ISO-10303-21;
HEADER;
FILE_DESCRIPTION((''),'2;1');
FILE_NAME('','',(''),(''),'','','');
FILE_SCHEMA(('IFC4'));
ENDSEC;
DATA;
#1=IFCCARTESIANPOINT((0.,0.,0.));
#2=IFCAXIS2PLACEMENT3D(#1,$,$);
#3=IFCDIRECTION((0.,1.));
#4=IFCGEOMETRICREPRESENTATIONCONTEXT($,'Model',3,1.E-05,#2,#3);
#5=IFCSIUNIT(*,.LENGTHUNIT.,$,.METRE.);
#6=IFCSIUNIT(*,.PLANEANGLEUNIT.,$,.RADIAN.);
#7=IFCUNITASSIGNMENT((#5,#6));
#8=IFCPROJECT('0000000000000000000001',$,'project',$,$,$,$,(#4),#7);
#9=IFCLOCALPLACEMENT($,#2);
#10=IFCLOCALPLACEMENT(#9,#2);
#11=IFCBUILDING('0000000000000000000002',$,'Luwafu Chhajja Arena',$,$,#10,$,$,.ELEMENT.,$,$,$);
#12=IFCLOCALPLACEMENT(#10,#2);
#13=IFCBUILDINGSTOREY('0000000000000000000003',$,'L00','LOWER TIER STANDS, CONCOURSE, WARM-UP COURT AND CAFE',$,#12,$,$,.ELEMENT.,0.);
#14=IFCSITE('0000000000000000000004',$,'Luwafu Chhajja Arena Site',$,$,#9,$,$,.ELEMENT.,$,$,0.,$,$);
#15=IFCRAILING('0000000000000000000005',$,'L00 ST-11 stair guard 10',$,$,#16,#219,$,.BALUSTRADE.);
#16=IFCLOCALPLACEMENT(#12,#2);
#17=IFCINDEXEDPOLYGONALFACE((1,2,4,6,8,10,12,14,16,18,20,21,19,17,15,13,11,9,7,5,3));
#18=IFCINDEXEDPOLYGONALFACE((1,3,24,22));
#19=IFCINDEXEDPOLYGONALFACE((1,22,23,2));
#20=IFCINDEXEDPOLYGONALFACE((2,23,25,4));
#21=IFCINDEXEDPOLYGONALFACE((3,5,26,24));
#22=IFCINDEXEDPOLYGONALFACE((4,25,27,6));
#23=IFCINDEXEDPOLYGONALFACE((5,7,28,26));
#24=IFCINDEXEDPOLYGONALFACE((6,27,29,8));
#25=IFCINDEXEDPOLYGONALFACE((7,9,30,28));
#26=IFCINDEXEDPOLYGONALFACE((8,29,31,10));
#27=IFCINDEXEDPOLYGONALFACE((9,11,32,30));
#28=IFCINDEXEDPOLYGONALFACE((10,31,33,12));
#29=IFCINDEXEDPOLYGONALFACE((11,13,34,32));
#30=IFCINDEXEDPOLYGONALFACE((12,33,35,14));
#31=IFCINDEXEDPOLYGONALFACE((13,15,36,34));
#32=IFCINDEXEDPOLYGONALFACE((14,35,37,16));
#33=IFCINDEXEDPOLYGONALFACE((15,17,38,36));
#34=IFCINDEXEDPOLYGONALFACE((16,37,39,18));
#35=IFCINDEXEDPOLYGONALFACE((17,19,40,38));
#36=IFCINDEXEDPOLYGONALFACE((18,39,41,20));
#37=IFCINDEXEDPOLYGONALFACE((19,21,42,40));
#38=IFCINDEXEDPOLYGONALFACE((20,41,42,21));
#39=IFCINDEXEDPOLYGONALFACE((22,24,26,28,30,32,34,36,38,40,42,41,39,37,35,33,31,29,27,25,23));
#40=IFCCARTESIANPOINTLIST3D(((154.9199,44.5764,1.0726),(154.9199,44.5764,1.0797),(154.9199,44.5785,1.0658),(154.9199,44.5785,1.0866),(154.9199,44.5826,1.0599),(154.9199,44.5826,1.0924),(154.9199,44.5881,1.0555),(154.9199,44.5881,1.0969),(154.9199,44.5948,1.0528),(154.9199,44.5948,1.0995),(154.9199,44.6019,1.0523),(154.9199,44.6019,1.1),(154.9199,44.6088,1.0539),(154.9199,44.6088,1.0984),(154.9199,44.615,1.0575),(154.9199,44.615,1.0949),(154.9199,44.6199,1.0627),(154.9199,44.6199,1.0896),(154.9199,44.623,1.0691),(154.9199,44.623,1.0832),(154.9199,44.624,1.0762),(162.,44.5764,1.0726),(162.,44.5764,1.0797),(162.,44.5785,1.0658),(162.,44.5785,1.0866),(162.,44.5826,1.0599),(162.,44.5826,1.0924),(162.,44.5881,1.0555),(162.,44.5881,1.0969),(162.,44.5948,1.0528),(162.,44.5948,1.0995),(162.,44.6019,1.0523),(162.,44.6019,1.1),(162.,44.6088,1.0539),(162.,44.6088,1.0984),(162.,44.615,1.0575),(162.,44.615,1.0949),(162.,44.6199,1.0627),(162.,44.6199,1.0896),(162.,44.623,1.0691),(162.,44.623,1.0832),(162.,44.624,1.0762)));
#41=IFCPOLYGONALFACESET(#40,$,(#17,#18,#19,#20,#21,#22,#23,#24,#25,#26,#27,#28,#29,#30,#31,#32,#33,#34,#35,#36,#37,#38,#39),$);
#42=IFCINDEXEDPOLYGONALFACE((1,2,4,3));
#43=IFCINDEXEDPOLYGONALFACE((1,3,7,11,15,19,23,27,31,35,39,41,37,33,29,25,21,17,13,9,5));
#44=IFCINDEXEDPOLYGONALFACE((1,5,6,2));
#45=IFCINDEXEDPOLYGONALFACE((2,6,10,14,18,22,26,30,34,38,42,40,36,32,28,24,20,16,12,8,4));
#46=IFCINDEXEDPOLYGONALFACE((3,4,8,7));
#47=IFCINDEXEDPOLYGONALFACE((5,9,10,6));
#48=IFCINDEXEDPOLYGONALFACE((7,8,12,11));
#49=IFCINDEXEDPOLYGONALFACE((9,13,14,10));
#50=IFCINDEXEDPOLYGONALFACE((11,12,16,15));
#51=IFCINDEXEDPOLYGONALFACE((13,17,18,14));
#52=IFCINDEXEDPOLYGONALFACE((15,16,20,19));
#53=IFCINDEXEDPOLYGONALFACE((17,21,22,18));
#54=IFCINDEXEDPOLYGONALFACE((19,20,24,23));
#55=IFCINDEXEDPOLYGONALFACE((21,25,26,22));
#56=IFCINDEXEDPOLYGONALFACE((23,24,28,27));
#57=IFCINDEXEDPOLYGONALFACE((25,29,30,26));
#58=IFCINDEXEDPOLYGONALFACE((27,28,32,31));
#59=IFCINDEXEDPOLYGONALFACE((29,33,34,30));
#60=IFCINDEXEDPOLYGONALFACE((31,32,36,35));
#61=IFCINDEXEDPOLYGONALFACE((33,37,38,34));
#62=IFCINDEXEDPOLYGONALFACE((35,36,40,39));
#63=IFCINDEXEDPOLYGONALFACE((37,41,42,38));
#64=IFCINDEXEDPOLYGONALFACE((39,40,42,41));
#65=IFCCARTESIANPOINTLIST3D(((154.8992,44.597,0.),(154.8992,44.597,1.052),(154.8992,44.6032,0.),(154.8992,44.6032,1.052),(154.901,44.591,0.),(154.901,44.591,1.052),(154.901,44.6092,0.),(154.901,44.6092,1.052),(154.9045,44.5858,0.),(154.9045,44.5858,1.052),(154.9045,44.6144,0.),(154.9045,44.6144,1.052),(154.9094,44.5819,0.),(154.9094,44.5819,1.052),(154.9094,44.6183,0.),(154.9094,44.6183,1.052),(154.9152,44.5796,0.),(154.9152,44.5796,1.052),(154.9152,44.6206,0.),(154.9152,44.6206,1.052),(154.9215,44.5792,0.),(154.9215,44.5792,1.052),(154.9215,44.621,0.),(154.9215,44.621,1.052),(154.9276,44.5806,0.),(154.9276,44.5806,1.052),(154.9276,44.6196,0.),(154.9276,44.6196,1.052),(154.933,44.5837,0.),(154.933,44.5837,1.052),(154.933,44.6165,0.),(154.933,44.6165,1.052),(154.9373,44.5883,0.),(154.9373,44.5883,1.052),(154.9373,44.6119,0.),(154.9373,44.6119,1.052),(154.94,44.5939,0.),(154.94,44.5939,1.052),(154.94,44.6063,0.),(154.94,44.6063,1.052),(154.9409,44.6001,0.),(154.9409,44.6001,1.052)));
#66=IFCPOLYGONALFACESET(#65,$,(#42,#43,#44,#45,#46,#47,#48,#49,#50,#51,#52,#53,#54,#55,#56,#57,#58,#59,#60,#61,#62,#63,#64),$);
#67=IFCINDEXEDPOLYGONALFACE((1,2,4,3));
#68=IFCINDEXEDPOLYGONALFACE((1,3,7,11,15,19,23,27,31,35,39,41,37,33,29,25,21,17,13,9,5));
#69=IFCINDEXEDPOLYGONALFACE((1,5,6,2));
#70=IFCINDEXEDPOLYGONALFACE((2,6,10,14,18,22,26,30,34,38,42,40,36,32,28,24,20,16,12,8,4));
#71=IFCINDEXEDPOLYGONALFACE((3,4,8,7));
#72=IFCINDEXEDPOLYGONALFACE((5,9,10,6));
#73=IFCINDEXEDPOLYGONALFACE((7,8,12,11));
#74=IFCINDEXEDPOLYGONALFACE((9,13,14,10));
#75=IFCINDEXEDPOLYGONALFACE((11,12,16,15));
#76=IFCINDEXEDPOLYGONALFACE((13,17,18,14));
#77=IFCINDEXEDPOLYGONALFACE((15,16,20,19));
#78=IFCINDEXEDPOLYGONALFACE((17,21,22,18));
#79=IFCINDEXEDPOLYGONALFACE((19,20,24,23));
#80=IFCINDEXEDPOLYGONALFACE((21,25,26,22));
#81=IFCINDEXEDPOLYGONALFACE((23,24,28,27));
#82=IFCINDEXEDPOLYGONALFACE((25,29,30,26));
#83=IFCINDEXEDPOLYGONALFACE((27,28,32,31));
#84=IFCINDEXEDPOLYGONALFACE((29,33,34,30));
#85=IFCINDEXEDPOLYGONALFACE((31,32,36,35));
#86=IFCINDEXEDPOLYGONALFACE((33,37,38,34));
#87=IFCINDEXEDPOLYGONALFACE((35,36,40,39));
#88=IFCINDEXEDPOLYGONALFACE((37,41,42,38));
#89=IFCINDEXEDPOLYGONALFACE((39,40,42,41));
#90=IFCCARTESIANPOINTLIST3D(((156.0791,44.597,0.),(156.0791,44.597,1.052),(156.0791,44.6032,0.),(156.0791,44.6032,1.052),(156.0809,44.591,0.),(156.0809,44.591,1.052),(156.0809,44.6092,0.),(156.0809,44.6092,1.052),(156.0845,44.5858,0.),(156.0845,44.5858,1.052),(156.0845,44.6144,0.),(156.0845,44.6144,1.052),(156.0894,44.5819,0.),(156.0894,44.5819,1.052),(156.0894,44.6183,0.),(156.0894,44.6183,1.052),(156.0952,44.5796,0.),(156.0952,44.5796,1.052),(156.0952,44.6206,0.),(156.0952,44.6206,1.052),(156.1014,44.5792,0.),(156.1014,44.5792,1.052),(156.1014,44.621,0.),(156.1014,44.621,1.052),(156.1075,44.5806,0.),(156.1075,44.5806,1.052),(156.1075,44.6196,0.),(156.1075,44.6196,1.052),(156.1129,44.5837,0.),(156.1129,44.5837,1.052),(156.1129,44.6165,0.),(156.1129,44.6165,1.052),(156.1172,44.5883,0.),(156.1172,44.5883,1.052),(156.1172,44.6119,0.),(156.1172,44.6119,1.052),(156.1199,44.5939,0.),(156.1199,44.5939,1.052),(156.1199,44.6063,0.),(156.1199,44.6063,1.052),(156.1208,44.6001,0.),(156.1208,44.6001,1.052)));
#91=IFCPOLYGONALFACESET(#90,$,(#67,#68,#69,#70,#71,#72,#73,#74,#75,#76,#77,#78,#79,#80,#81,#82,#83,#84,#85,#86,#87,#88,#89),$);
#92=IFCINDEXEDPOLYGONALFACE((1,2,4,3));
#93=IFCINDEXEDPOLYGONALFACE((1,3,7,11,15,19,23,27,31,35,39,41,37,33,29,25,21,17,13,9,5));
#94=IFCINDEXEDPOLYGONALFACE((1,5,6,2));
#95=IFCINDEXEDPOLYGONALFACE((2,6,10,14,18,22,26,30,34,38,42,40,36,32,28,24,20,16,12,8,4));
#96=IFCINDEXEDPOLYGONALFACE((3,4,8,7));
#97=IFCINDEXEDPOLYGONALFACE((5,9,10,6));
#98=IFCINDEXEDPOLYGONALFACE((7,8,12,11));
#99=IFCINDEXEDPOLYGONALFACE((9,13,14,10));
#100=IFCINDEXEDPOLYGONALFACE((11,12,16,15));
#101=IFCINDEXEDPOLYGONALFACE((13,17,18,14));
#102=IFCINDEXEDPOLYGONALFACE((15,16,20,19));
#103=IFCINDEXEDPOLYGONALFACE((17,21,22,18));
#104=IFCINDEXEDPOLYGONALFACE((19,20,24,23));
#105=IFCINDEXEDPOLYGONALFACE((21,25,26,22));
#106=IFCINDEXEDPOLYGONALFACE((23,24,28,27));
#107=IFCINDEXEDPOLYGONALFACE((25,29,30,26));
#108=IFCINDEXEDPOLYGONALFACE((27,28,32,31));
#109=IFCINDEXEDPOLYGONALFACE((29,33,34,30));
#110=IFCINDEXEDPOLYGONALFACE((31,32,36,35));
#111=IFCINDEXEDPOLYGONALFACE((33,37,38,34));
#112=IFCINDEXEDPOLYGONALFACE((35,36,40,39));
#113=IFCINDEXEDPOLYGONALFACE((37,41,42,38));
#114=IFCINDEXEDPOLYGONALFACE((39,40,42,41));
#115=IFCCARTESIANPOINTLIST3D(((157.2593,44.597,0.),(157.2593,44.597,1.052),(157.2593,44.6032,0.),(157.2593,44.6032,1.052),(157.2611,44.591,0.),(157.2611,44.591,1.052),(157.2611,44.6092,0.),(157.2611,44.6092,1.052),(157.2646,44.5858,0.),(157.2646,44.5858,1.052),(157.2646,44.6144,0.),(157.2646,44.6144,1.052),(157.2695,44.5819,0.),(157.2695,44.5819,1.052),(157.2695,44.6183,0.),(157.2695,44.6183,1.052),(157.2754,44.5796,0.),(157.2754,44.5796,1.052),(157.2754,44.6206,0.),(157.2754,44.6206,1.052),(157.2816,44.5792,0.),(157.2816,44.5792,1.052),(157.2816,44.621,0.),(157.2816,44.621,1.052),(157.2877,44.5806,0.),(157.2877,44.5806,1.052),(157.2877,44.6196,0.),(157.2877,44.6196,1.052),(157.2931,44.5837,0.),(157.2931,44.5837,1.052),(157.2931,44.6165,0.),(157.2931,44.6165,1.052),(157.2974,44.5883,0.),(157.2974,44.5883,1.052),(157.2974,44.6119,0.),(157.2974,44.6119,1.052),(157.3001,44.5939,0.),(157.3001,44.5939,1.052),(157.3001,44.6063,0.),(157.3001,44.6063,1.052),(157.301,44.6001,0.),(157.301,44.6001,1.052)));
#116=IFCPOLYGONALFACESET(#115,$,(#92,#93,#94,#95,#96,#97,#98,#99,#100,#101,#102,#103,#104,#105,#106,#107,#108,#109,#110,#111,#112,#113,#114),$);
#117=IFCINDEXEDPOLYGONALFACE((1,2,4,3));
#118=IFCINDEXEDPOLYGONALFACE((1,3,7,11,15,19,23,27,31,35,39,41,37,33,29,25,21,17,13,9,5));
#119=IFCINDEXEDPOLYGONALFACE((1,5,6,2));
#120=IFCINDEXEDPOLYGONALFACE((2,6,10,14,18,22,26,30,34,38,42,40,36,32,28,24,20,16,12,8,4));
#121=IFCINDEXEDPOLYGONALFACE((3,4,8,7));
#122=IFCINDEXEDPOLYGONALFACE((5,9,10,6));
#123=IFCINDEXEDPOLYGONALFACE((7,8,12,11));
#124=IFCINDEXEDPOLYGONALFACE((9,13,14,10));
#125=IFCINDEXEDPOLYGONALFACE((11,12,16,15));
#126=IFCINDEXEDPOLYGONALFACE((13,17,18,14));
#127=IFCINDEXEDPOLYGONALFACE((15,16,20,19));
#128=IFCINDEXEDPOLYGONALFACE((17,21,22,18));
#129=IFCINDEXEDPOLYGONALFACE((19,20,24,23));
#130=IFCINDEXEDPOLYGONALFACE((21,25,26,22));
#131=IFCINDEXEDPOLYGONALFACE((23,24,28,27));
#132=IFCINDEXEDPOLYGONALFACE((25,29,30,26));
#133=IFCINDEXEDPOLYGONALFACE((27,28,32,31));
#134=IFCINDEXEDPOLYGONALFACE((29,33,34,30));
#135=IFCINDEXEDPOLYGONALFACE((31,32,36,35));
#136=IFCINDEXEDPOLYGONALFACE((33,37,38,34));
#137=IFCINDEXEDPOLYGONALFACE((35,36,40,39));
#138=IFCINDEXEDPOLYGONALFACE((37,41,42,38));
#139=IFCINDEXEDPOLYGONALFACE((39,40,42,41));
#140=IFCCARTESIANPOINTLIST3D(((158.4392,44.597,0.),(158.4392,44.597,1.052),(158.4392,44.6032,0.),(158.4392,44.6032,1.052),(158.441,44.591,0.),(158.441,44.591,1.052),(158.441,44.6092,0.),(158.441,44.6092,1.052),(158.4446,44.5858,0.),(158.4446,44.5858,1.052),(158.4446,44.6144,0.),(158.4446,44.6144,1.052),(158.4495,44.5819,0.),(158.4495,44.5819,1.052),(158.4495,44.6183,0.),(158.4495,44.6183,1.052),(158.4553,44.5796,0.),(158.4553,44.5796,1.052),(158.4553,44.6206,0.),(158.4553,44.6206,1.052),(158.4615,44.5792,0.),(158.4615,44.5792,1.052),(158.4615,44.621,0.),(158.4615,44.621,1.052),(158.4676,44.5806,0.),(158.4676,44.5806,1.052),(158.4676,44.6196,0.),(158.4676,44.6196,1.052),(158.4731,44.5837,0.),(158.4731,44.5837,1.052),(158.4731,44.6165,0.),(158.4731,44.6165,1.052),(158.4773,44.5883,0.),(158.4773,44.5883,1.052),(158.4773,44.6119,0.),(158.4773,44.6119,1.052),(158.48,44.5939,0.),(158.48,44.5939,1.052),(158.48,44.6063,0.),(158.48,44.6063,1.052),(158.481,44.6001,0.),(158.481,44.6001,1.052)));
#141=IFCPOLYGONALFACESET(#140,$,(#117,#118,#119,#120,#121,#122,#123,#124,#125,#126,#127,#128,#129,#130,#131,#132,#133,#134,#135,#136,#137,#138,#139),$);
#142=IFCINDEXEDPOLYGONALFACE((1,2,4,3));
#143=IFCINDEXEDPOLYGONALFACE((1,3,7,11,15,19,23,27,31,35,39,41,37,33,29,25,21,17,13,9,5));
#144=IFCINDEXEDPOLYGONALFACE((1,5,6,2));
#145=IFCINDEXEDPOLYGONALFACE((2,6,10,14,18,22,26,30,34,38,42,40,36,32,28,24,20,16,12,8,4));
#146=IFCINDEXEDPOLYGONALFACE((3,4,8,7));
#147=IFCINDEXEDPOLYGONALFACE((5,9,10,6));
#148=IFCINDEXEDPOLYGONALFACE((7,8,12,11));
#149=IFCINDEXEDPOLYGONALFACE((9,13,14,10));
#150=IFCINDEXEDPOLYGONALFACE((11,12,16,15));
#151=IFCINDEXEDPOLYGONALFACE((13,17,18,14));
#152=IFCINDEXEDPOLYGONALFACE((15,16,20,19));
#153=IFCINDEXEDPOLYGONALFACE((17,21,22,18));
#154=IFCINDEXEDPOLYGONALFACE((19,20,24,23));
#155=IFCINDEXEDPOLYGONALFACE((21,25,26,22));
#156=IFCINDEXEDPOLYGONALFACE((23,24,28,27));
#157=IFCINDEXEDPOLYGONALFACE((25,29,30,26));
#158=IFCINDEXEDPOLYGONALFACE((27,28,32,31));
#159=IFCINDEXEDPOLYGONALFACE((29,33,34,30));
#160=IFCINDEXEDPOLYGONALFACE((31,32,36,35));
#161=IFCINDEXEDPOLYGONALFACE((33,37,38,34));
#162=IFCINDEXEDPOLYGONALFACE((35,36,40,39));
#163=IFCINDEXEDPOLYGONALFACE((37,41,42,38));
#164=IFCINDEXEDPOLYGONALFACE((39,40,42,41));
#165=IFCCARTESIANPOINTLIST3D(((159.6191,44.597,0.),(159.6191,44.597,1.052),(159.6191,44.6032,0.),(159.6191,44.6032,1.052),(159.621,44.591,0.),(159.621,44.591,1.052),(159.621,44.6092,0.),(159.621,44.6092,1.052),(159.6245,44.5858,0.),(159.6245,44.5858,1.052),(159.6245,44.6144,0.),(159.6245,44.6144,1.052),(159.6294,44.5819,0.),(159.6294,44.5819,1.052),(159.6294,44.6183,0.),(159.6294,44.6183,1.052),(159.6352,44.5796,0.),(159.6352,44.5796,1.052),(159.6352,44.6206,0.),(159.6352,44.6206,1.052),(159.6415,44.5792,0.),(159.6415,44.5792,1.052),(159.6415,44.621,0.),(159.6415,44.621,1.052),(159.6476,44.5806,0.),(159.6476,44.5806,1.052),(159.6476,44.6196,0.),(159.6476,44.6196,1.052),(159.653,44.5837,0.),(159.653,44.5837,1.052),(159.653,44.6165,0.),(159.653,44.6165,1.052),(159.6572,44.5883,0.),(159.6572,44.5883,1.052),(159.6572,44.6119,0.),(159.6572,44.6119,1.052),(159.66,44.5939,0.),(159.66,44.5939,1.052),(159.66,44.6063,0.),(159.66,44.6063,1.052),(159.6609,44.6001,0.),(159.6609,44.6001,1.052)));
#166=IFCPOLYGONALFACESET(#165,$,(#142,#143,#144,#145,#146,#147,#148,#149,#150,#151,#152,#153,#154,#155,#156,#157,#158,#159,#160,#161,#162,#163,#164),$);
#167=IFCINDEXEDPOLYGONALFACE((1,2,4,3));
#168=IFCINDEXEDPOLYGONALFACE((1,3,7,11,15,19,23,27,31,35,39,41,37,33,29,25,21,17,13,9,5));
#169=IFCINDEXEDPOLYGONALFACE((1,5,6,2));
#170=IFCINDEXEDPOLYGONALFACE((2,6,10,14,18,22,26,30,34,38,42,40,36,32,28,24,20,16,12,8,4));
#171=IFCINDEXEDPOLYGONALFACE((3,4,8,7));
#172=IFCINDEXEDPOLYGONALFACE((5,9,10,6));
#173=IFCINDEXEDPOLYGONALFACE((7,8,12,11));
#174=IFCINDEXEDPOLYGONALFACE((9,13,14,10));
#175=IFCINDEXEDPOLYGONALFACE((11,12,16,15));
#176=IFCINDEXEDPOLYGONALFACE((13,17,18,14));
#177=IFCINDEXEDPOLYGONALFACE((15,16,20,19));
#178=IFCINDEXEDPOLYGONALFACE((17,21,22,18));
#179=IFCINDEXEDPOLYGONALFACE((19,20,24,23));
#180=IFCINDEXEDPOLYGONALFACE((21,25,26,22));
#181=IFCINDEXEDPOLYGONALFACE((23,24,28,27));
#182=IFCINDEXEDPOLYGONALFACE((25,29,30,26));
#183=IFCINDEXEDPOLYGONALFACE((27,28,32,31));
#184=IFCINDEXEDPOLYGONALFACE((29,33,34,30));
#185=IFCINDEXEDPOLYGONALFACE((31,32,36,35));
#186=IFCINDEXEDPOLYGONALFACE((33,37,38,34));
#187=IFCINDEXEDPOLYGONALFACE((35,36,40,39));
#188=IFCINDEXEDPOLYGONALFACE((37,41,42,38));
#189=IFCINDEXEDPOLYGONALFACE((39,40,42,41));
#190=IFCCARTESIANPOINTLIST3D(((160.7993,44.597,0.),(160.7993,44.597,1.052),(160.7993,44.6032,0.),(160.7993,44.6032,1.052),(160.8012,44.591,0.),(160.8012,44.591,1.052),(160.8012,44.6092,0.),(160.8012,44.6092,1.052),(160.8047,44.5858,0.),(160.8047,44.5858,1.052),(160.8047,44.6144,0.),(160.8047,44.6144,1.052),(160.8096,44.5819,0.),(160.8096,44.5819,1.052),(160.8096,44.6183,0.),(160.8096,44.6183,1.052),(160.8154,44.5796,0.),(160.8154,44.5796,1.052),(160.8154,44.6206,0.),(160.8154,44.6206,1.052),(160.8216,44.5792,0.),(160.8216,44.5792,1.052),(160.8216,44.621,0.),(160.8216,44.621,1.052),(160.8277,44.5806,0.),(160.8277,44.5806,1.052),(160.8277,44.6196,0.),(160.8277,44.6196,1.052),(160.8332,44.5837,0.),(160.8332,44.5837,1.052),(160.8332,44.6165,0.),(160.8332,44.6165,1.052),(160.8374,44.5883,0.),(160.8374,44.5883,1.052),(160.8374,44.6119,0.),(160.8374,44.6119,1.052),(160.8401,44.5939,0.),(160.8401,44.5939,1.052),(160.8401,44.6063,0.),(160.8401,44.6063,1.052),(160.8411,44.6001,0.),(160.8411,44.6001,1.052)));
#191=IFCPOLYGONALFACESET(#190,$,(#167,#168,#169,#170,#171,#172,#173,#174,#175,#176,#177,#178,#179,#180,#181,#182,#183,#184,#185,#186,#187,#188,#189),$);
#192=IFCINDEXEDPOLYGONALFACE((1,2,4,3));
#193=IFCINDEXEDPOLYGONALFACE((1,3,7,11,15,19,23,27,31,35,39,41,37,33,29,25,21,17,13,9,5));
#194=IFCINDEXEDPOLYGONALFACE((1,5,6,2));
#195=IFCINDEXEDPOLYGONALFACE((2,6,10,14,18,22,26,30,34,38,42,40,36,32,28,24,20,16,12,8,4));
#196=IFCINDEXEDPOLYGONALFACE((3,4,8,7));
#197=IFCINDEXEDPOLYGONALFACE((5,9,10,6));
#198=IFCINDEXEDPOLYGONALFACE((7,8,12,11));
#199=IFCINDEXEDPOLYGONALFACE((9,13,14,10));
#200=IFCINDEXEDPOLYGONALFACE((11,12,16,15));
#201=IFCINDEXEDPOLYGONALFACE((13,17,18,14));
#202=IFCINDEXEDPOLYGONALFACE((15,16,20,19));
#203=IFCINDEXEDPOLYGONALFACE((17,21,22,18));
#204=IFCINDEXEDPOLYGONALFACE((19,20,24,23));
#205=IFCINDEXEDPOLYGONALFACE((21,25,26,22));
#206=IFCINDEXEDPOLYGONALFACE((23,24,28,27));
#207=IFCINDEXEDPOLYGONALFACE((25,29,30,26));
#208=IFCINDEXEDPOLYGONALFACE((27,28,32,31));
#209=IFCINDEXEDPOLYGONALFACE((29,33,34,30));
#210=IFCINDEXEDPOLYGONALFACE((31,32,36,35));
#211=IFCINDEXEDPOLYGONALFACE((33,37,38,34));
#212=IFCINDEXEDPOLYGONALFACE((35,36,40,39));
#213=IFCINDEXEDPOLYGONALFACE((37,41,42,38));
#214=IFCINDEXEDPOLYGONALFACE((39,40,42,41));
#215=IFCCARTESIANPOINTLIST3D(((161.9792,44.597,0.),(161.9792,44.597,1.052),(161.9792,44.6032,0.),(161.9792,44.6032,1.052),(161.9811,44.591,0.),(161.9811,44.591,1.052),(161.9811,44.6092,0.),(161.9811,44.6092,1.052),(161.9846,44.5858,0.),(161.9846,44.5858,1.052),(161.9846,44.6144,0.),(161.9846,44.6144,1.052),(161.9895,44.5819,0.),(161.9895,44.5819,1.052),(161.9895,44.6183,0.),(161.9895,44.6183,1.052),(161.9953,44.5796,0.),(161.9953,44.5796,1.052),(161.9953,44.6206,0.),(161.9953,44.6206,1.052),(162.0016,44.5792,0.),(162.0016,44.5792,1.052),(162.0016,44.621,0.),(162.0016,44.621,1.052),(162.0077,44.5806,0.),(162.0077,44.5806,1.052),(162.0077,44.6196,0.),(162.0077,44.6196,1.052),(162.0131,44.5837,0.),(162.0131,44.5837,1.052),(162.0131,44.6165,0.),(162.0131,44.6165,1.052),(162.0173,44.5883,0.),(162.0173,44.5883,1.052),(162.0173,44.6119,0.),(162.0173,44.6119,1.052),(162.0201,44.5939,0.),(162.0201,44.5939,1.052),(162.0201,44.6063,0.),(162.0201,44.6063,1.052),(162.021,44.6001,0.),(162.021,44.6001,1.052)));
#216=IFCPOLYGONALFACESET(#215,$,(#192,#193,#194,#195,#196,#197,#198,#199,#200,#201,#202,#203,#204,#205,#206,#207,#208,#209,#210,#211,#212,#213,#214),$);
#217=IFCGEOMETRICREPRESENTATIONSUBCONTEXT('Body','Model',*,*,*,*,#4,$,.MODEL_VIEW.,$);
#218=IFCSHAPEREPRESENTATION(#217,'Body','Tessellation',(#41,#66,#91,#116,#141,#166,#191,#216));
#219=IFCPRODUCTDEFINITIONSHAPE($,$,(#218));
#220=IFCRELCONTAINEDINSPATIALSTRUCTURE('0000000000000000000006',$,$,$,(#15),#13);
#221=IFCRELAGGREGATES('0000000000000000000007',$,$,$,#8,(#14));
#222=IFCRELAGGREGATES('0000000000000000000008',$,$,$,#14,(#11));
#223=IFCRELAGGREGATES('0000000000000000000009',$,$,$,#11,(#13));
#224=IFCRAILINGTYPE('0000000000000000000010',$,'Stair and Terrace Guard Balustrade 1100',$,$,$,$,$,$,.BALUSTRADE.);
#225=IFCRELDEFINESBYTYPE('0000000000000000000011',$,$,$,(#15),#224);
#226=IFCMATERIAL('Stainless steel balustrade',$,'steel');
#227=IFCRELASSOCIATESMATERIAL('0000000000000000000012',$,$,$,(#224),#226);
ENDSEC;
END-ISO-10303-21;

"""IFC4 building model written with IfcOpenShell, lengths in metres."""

from ifc_helpers import new_model, si_unit, direction, frame, origin, origin_2d, place, context, subcontext, project, spatial, circle, extrude, material, type_object, element, save


model = new_model("IFC4")

# Units and contexts
model_context = context("Model", 3, precision=1e-05, world=origin(), true_north=direction((0.0, 1.0)))
body_context = subcontext(model_context, "Body", "Model", "MODEL_VIEW")
ifc_project = project(units=[si_unit("LENGTHUNIT", "METRE"), si_unit("PLANEANGLEUNIT", "RADIAN")], contexts=[model_context])

# Site, building, storey
site_placement = place(None, origin())
site = spatial("IfcSite", under=ifc_project, at=site_placement, Name="Luwafu Chhajja Arena Site", CompositionType="ELEMENT", RefElevation=0.0)
building_placement = place(site_placement, origin())
building = spatial("IfcBuilding", under=site, at=building_placement, Name="Luwafu Chhajja Arena", CompositionType="ELEMENT")
storey_placement = place(building_placement, origin())
storey = spatial("IfcBuildingStorey", under=building, at=storey_placement, Name="L00", Description="LOWER TIER STANDS, CONCOURSE, WARM-UP COURT AND CAFE", CompositionType="ELEMENT", Elevation=0.0)

# Railing
ifc_material_1 = material(Name="Stainless steel balustrade", Category="steel")
railing_type = type_object("IfcRailingType", Name="Stair and Terrace Guard Balustrade 1100", PredefinedType="BALUSTRADE", material=ifc_material_1)
for number, where, name in (
    (1, (154.9199, 44.6001, 0.0), "L00 ST-11 stair guard 10"),
):
    element("IfcRailing", number, at=place(storey_placement, frame(where)), inside=storey, type_object=railing_type, Name=name, PredefinedType="BALUSTRADE", context=body_context, shape_type="SweptSolid", body=[
        extrude(circle(Radius=0.0239, at=origin_2d()), frame((0.0, 0.0, 1.0762), z_axis=(1.0, 0.0, 0.0), x_axis=(0.0, 1.0, 0.0)), (0.0, 0.0, 1.0), 7.0801),
        extrude(circle(Radius=0.021, at=origin_2d()), origin(), (0.0, 0.0, 1.0), 1.052),
        extrude(circle(Radius=0.021, at=origin_2d()), frame((1.1799, 0.0, 0.0)), (0.0, 0.0, 1.0), 1.052),
        extrude(circle(Radius=0.021, at=origin_2d()), frame((2.3601, 0.0, 0.0)), (0.0, 0.0, 1.0), 1.052),
        extrude(circle(Radius=0.021, at=origin_2d()), frame((3.54, 0.0, 0.0)), (0.0, 0.0, 1.0), 1.052),
        extrude(circle(Radius=0.021, at=origin_2d()), frame((4.72, 0.0, 0.0)), (0.0, 0.0, 1.0), 1.052),
        extrude(circle(Radius=0.021, at=origin_2d()), frame((5.9001, 0.0, 0.0)), (0.0, 0.0, 1.0), 1.052),
        extrude(circle(Radius=0.021, at=origin_2d()), frame((7.0801, 0.0, 0.0)), (0.0, 0.0, 1.0), 1.052),
    ])

save(model, "model.ifc")
